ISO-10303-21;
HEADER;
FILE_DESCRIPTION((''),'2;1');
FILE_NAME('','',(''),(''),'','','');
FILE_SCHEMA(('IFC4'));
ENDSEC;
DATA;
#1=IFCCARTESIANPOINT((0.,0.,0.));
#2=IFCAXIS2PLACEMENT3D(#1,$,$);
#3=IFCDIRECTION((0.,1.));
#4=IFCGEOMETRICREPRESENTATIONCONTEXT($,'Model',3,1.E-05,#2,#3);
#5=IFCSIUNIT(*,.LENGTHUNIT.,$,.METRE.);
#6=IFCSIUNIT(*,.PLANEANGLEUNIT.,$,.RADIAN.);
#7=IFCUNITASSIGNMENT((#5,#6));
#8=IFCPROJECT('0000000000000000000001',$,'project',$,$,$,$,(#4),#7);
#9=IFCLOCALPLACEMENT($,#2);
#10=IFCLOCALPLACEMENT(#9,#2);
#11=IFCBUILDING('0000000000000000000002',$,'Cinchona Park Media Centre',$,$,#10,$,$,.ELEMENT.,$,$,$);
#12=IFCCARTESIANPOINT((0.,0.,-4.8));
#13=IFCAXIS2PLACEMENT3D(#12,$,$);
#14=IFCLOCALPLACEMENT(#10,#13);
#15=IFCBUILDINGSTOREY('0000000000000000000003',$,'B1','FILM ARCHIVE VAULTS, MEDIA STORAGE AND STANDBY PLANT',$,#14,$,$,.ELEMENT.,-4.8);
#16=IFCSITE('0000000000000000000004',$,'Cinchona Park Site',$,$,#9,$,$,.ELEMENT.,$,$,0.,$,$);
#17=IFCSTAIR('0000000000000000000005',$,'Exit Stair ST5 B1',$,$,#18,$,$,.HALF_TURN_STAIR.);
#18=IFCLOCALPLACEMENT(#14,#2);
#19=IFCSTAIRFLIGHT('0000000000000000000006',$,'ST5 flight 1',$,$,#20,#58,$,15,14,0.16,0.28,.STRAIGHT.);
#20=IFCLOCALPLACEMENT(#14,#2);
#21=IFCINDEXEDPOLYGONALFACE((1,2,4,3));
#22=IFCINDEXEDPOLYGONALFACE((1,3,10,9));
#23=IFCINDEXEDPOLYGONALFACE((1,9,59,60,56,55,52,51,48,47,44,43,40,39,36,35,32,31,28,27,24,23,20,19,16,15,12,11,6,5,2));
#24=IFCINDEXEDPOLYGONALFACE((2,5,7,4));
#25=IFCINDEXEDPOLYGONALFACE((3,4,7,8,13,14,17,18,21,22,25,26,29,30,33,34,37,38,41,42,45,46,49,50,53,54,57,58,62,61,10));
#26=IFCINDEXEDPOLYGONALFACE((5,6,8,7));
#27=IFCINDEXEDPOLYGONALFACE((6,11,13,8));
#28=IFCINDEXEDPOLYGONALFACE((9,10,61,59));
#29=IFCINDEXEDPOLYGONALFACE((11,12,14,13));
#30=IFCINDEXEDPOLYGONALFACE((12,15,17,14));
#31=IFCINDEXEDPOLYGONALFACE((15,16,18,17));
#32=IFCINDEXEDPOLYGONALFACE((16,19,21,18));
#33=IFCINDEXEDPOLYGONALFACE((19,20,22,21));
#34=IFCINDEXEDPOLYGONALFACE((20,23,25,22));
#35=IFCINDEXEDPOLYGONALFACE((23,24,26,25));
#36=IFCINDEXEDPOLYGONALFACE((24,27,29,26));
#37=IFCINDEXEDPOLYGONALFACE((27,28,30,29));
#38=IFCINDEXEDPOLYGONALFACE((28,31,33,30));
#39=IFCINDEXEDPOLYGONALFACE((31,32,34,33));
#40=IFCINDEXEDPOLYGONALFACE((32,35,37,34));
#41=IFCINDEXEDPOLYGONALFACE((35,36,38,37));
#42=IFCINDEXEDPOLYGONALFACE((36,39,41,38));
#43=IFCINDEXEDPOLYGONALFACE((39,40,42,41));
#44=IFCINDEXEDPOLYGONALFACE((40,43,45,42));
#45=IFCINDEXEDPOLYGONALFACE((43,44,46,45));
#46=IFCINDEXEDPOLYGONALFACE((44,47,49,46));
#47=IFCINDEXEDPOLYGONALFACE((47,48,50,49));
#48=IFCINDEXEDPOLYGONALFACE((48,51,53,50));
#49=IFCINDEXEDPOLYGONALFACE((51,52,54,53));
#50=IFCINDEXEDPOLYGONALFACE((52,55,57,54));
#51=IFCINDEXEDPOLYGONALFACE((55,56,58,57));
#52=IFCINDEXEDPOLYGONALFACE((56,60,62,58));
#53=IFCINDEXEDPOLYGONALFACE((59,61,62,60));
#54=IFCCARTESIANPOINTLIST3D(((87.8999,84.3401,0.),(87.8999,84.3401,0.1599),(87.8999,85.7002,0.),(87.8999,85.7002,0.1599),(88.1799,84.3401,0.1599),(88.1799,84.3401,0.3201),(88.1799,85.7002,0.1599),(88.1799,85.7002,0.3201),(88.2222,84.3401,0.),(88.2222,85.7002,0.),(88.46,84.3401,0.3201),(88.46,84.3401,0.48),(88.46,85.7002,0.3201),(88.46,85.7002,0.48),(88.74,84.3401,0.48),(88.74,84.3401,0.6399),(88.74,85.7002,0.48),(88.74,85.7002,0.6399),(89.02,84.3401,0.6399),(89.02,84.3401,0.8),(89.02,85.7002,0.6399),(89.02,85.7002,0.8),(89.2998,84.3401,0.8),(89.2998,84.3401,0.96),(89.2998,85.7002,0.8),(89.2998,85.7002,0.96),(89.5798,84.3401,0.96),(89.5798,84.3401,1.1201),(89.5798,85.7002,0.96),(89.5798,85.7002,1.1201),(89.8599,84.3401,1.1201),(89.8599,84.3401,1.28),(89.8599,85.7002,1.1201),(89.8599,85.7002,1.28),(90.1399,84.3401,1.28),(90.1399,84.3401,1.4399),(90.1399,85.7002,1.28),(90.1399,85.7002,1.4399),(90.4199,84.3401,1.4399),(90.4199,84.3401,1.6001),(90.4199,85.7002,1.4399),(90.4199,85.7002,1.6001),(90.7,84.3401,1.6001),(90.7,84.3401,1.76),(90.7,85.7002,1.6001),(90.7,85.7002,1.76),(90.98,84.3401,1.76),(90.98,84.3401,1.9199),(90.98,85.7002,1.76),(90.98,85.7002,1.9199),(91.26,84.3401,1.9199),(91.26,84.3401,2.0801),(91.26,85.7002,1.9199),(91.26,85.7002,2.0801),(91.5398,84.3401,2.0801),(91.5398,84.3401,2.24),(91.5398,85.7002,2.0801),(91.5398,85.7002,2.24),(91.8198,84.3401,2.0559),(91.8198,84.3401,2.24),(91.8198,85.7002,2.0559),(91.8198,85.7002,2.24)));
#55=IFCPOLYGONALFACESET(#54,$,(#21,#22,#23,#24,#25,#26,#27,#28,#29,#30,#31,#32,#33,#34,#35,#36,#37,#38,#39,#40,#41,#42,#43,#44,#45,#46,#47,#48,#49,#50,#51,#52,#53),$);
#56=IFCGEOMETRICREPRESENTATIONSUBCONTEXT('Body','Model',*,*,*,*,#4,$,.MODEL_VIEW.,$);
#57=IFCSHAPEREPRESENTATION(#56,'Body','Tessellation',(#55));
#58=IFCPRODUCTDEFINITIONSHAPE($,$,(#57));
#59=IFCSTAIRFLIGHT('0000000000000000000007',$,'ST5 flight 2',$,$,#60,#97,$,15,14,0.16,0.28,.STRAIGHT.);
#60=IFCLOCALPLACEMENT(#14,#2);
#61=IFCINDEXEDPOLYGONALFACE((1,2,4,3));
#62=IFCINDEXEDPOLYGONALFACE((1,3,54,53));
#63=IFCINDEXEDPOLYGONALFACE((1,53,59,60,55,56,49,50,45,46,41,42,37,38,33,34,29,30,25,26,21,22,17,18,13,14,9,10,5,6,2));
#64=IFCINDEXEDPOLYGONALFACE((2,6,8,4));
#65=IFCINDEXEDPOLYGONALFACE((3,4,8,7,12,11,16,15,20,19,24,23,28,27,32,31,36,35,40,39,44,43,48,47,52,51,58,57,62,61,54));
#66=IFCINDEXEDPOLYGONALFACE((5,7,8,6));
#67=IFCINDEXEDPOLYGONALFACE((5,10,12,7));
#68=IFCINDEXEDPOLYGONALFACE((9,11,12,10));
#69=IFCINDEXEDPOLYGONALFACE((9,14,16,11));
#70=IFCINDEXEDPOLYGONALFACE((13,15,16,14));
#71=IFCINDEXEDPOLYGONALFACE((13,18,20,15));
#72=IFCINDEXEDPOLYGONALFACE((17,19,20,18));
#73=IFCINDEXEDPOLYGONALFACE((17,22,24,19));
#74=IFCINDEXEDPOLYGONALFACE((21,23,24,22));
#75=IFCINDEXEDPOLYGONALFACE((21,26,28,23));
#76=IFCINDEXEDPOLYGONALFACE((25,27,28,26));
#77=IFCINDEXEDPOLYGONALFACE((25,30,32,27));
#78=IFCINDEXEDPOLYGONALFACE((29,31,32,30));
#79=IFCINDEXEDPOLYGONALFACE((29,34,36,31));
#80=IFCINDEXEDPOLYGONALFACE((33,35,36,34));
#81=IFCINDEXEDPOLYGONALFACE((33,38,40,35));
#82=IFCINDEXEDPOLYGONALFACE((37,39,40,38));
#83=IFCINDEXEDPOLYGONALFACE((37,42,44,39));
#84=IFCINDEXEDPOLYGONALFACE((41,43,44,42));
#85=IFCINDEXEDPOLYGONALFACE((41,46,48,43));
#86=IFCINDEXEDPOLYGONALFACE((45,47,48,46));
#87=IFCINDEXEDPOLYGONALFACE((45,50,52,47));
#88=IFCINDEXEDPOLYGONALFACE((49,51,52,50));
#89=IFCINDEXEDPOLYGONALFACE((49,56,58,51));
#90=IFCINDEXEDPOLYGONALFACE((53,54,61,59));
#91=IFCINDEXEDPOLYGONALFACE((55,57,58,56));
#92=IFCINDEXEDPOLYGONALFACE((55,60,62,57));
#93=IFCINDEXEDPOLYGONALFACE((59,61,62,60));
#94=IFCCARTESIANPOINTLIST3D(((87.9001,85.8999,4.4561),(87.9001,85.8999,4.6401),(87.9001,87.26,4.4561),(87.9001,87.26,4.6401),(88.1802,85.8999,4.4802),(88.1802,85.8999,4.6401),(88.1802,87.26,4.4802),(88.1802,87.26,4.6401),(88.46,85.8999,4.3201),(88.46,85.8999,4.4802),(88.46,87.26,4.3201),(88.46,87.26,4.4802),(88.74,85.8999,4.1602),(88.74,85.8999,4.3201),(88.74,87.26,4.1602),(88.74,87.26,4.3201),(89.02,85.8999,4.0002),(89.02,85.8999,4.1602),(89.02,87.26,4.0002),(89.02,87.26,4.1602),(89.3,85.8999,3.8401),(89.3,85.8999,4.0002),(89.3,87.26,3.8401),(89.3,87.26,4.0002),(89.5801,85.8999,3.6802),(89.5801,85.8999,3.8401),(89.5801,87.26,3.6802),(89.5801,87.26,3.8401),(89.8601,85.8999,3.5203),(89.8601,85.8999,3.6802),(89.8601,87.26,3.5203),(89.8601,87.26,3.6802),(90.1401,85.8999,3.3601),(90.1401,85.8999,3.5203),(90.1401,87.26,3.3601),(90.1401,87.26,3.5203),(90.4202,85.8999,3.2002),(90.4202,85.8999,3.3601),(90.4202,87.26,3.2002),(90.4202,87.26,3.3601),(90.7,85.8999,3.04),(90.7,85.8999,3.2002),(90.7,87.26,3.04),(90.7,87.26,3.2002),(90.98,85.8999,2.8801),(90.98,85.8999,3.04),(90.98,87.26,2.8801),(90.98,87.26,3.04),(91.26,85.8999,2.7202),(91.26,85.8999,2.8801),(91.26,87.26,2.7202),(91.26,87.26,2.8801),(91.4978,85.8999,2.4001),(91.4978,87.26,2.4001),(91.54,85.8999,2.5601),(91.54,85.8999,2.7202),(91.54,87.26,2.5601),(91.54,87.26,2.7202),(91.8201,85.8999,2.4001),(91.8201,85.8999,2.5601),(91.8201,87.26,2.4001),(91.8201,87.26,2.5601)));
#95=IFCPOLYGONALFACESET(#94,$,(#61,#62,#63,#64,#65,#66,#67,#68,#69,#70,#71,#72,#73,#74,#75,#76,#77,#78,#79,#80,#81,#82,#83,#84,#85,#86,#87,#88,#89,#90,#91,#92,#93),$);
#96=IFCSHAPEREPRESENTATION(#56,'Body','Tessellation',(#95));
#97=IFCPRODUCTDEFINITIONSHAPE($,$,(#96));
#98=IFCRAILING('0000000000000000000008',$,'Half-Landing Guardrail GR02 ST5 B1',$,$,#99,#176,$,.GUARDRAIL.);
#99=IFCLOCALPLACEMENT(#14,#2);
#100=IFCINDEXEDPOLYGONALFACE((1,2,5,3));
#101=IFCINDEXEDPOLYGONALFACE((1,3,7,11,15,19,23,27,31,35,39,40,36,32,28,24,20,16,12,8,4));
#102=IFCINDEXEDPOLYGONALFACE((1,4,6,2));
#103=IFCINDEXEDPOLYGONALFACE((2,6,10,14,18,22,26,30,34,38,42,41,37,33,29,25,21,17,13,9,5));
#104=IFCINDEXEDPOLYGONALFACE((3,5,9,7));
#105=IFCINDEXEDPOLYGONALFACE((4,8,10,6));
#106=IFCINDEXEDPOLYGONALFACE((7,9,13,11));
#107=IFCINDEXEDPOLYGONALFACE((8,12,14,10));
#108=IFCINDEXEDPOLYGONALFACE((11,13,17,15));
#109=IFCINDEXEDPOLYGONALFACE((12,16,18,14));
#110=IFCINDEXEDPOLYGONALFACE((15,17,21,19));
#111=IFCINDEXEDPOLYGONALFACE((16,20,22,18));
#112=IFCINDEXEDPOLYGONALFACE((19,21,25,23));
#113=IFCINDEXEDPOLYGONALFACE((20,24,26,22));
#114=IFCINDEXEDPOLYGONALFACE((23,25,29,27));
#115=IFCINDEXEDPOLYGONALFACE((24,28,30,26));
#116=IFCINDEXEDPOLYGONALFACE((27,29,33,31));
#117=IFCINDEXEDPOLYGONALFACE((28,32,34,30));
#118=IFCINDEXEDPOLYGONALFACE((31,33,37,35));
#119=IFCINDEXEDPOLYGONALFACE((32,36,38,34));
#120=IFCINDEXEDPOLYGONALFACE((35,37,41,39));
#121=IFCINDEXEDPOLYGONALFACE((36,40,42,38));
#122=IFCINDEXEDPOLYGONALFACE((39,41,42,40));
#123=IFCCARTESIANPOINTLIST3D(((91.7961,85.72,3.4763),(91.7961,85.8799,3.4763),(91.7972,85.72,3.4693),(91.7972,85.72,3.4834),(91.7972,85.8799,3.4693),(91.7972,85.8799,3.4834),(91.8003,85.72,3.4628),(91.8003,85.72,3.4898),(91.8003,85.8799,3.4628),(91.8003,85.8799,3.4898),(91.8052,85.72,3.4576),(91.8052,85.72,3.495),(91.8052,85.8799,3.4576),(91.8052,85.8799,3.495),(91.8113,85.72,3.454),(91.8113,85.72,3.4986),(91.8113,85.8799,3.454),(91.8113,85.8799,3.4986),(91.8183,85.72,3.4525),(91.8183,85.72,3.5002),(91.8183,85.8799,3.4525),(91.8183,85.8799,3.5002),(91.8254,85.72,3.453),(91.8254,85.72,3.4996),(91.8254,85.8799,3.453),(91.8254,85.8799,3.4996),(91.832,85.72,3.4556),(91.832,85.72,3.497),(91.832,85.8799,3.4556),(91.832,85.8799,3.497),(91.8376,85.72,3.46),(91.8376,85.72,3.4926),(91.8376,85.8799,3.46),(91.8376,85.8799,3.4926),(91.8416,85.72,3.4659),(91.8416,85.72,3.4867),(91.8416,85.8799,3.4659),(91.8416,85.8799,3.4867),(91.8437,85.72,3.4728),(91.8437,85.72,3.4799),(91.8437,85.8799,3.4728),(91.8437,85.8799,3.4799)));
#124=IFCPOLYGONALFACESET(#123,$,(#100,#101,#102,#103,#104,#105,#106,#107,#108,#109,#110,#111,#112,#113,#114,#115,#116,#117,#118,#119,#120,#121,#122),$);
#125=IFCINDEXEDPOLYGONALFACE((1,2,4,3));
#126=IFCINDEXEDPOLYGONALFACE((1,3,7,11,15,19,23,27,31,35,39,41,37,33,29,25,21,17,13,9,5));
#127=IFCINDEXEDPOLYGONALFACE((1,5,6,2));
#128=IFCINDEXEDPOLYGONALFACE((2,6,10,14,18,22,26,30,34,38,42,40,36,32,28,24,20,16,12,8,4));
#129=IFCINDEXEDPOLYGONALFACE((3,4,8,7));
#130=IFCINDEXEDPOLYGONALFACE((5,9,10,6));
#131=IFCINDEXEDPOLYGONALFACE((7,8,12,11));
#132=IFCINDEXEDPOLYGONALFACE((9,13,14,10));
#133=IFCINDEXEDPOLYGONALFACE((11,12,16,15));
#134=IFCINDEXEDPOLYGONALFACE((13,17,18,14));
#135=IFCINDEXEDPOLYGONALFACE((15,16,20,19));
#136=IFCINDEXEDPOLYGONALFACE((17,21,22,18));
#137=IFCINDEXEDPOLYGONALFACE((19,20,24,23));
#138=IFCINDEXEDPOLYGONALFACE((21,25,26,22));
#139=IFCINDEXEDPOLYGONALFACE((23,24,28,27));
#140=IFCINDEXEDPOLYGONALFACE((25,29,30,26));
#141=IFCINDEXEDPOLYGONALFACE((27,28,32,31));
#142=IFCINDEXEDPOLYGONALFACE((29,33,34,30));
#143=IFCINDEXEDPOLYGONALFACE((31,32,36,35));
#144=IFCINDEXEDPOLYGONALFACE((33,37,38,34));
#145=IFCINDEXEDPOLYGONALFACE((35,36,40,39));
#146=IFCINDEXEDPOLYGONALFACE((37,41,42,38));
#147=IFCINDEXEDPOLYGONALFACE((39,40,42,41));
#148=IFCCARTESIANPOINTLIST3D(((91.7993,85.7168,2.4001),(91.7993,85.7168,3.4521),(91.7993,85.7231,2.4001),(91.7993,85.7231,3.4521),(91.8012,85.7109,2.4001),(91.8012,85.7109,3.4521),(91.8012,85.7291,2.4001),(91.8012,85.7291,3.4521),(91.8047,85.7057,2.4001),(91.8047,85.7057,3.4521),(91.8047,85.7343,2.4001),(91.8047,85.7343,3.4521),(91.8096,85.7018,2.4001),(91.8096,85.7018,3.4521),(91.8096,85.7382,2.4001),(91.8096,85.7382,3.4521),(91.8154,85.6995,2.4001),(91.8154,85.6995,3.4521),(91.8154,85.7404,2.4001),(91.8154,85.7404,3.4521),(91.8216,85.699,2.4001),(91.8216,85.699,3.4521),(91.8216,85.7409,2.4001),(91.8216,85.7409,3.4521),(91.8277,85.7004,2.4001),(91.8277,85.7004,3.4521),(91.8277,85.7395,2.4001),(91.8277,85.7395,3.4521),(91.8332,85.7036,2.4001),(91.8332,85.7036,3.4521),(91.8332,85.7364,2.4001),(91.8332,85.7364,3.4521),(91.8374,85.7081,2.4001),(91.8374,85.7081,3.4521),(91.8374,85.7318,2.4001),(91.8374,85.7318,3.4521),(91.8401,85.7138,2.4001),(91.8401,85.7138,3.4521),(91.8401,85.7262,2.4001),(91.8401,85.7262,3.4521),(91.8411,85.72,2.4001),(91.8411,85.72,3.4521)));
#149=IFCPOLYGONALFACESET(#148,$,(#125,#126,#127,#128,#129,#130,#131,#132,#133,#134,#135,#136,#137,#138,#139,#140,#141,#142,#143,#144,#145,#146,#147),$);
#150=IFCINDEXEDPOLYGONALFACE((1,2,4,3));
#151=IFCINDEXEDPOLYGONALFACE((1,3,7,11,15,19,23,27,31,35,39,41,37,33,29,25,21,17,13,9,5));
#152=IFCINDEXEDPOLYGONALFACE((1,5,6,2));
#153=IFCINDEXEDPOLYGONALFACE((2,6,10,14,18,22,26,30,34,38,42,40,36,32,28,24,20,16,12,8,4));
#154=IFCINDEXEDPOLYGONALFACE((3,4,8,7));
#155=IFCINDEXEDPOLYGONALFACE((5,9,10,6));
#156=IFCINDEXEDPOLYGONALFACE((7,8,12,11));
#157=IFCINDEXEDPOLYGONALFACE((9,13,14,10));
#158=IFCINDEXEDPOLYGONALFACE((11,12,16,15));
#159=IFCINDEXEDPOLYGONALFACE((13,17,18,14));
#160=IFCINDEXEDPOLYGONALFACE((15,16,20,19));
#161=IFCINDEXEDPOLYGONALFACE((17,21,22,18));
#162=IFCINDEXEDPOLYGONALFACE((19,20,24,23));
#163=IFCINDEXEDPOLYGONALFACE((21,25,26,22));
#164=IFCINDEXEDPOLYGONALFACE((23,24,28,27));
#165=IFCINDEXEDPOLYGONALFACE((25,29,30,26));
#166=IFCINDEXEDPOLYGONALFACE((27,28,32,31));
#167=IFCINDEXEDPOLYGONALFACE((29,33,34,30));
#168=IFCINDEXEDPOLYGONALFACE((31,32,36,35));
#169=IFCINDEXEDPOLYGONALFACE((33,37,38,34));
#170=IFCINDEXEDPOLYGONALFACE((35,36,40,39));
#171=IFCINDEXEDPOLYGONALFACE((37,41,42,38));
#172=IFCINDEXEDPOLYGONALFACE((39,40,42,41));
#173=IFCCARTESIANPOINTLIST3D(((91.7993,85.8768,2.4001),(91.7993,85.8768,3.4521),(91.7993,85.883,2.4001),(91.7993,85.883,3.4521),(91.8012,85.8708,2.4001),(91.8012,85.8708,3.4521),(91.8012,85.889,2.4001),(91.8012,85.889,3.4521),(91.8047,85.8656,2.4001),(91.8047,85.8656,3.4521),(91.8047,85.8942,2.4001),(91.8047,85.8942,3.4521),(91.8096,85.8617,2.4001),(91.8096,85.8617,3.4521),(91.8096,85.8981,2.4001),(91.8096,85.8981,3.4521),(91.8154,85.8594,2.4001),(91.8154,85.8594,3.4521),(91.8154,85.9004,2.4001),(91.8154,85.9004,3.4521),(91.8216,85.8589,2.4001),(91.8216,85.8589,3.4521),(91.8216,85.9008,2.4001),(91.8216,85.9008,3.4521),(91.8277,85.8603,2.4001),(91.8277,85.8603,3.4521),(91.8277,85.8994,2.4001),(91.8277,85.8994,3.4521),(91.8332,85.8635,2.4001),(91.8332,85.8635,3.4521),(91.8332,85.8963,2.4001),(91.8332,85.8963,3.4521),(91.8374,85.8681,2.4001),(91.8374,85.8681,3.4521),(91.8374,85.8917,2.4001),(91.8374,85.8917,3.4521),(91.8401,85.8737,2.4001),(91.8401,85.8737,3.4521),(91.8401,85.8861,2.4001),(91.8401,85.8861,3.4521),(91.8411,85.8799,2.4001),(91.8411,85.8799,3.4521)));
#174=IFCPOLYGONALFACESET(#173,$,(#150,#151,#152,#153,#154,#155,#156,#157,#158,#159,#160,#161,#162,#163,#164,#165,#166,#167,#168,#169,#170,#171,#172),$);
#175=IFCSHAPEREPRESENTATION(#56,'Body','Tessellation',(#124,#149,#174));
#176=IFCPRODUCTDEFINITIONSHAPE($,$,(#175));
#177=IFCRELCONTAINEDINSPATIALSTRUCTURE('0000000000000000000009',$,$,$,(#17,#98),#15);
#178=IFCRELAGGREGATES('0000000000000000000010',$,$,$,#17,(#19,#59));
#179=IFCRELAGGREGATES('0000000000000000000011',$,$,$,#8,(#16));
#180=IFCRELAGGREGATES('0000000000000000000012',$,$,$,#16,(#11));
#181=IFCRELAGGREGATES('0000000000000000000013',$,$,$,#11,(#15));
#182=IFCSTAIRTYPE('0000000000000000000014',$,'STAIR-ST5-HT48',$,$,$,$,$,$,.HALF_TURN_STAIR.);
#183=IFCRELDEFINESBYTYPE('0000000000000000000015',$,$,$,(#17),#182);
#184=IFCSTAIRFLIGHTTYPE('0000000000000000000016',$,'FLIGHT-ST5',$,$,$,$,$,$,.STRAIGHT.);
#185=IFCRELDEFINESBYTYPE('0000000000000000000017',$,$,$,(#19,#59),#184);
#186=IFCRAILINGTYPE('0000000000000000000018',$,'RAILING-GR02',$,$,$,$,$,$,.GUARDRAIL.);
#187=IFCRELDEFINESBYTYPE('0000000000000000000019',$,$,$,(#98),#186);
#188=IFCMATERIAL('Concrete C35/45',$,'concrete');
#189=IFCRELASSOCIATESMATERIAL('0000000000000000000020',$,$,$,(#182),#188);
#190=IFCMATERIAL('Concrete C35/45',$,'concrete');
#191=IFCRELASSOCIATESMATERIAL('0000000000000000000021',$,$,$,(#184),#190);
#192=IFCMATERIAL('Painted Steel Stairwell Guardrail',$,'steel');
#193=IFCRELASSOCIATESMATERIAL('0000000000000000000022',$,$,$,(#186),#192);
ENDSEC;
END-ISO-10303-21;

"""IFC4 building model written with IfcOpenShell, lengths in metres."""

from ifc_helpers import new_model, si_unit, direction, frame, origin, origin_2d, place, context, subcontext, project, spatial, polyline, circle, outline, extrude, material, type_object, element, aggregate, save


model = new_model("IFC4")

# Units and contexts
model_context = context("Model", 3, precision=1e-05, world=origin(), true_north=direction((0.0, 1.0)))
body_context = subcontext(model_context, "Body", "Model", "MODEL_VIEW")
ifc_project = project(units=[si_unit("LENGTHUNIT", "METRE"), si_unit("PLANEANGLEUNIT", "RADIAN")], contexts=[model_context])

# Site, building, storey
site_placement = place(None, origin())
site = spatial("IfcSite", under=ifc_project, at=site_placement, Name="Cinchona Park Site", CompositionType="ELEMENT", RefElevation=0.0)
building_placement = place(site_placement, origin())
building = spatial("IfcBuilding", under=site, at=building_placement, Name="Cinchona Park Media Centre", CompositionType="ELEMENT")
storey_placement = place(building_placement, frame((0.0, 0.0, -4.8)))
storey = spatial("IfcBuildingStorey", under=building, at=storey_placement, Name="B1", Description="FILM ARCHIVE VAULTS, MEDIA STORAGE AND STANDBY PLANT", CompositionType="ELEMENT", Elevation=-4.8)

# Stair, stair flights
ifc_material_1 = material(Name="Concrete C35/45", Category="concrete")
stair_type = type_object("IfcStairType", Name="STAIR-ST5-HT48", PredefinedType="HALF_TURN_STAIR", material=ifc_material_1)
stair_placement = place(storey_placement, origin())
stair = element("IfcStair", 1, at=stair_placement, inside=storey, type_object=stair_type, Name="Exit Stair ST5 B1", PredefinedType="HALF_TURN_STAIR")
ifc_material_2 = material(Name="Concrete C35/45", Category="concrete")
stair_flight_type = type_object("IfcStairFlightType", Name="FLIGHT-ST5", PredefinedType="STRAIGHT", material=ifc_material_2)
stair_flight_1_placement = place(storey_placement, frame((87.8999, 85.02, 0.0), z_axis=(0.0, 0.0, 1.0), x_axis=(1.0, 0.0, 0.0)))
stair_flight_1 = element("IfcStairFlight", 2, at=stair_flight_1_placement, type_object=stair_flight_type, Name="ST5 flight 1", NumberOfRisers=15, NumberOfTreads=14, PredefinedType="STRAIGHT", RiserHeight=0.16, TreadLength=0.28, context=body_context, shape_type="SweptSolid", body=[
    extrude(outline(polyline([(0.0, 0.0), (0.0, 0.1599), (0.28, 0.1599), (0.28, 0.3201), (0.5601, 0.3201), (0.5601, 0.48), (0.8401, 0.48), (0.8401, 0.6399), (1.1201, 0.6399), (1.1201, 0.8), (1.3999, 0.8), (1.3999, 0.96), (1.6799, 0.96), (1.6799, 1.1201), (1.96, 1.1201), (1.96, 1.28), (2.24, 1.28), (2.24, 1.4399), (2.52, 1.4399), (2.52, 1.6001), (2.8, 1.6001), (2.8, 1.76), (3.0801, 1.76), (3.0801, 1.9199), (3.3601, 1.9199), (3.3601, 2.0801), (3.6399, 2.0801), (3.6399, 2.24), (3.9199, 2.24), (3.9199, 2.3999), (3.9199, 2.0559), (0.3223, 0.0), (0.0, 0.0)])), frame((0.0, 0.6802, 0.0), z_axis=(0.0, -1.0, 0.0), x_axis=(1.0, 0.0, 0.0)), (0.0, 0.0, 1.0), 1.3601),
])
stair_flight_2_placement = place(storey_placement, frame((91.8201, 86.5801, 2.4001), z_axis=(0.0, 0.0, 1.0), x_axis=(-1.0, 0.0, 0.0)))
stair_flight_2 = element("IfcStairFlight", 3, at=stair_flight_2_placement, type_object=stair_flight_type, Name="ST5 flight 2", NumberOfRisers=15, NumberOfTreads=14, PredefinedType="STRAIGHT", RiserHeight=0.16, TreadLength=0.28, context=body_context, shape_type="SweptSolid", body=[
    extrude(outline(polyline([(0.0, 0.0), (0.0, 0.1599), (0.28, 0.1599), (0.28, 0.3201), (0.5601, 0.3201), (0.5601, 0.48), (0.8401, 0.48), (0.8401, 0.6399), (1.1201, 0.6399), (1.1201, 0.8), (1.3999, 0.8), (1.3999, 0.96), (1.6799, 0.96), (1.6799, 1.1201), (1.96, 1.1201), (1.96, 1.28), (2.24, 1.28), (2.24, 1.4399), (2.52, 1.4399), (2.52, 1.6001), (2.8, 1.6001), (2.8, 1.76), (3.0801, 1.76), (3.0801, 1.9199), (3.3601, 1.9199), (3.3601, 2.0801), (3.6399, 2.0801), (3.6399, 2.24), (3.9199, 2.24), (3.9199, 2.3999), (3.9199, 2.0559), (0.3223, 0.0), (0.0, 0.0)])), frame((0.0, 0.6802, 0.0), z_axis=(0.0, -1.0, 0.0), x_axis=(1.0, 0.0, 0.0)), (0.0, 0.0, 1.0), 1.3601),
])
aggregate(stair, [stair_flight_1, stair_flight_2])

# Railing
ifc_material_3 = material(Name="Painted Steel Stairwell Guardrail", Category="steel")
railing_type_1 = type_object("IfcRailingType", Name="RAILING-GR02", PredefinedType="GUARDRAIL", material=ifc_material_3)
railing_1_placement = place(storey_placement, frame((91.8201, 85.72, 2.4001)))
element("IfcRailing", 4, at=railing_1_placement, inside=storey, type_object=railing_type_1, Name="Half-Landing Guardrail GR02 ST5 B1", PredefinedType="GUARDRAIL", context=body_context, shape_type="SweptSolid", body=[
    extrude(circle(Radius=0.0239, at=origin_2d()), frame((0.0, 0.0, 1.0762), z_axis=(0.0, 1.0, 0.0), x_axis=(-1.0, 0.0, 0.0)), (0.0, 0.0, 1.0), 0.1599),
    extrude(circle(Radius=0.021, at=origin_2d()), origin(), (0.0, 0.0, 1.0), 1.052),
    extrude(circle(Radius=0.021, at=origin_2d()), frame((0.0, 0.1599, 0.0)), (0.0, 0.0, 1.0), 1.052),
])

save(model, "model.ifc")
